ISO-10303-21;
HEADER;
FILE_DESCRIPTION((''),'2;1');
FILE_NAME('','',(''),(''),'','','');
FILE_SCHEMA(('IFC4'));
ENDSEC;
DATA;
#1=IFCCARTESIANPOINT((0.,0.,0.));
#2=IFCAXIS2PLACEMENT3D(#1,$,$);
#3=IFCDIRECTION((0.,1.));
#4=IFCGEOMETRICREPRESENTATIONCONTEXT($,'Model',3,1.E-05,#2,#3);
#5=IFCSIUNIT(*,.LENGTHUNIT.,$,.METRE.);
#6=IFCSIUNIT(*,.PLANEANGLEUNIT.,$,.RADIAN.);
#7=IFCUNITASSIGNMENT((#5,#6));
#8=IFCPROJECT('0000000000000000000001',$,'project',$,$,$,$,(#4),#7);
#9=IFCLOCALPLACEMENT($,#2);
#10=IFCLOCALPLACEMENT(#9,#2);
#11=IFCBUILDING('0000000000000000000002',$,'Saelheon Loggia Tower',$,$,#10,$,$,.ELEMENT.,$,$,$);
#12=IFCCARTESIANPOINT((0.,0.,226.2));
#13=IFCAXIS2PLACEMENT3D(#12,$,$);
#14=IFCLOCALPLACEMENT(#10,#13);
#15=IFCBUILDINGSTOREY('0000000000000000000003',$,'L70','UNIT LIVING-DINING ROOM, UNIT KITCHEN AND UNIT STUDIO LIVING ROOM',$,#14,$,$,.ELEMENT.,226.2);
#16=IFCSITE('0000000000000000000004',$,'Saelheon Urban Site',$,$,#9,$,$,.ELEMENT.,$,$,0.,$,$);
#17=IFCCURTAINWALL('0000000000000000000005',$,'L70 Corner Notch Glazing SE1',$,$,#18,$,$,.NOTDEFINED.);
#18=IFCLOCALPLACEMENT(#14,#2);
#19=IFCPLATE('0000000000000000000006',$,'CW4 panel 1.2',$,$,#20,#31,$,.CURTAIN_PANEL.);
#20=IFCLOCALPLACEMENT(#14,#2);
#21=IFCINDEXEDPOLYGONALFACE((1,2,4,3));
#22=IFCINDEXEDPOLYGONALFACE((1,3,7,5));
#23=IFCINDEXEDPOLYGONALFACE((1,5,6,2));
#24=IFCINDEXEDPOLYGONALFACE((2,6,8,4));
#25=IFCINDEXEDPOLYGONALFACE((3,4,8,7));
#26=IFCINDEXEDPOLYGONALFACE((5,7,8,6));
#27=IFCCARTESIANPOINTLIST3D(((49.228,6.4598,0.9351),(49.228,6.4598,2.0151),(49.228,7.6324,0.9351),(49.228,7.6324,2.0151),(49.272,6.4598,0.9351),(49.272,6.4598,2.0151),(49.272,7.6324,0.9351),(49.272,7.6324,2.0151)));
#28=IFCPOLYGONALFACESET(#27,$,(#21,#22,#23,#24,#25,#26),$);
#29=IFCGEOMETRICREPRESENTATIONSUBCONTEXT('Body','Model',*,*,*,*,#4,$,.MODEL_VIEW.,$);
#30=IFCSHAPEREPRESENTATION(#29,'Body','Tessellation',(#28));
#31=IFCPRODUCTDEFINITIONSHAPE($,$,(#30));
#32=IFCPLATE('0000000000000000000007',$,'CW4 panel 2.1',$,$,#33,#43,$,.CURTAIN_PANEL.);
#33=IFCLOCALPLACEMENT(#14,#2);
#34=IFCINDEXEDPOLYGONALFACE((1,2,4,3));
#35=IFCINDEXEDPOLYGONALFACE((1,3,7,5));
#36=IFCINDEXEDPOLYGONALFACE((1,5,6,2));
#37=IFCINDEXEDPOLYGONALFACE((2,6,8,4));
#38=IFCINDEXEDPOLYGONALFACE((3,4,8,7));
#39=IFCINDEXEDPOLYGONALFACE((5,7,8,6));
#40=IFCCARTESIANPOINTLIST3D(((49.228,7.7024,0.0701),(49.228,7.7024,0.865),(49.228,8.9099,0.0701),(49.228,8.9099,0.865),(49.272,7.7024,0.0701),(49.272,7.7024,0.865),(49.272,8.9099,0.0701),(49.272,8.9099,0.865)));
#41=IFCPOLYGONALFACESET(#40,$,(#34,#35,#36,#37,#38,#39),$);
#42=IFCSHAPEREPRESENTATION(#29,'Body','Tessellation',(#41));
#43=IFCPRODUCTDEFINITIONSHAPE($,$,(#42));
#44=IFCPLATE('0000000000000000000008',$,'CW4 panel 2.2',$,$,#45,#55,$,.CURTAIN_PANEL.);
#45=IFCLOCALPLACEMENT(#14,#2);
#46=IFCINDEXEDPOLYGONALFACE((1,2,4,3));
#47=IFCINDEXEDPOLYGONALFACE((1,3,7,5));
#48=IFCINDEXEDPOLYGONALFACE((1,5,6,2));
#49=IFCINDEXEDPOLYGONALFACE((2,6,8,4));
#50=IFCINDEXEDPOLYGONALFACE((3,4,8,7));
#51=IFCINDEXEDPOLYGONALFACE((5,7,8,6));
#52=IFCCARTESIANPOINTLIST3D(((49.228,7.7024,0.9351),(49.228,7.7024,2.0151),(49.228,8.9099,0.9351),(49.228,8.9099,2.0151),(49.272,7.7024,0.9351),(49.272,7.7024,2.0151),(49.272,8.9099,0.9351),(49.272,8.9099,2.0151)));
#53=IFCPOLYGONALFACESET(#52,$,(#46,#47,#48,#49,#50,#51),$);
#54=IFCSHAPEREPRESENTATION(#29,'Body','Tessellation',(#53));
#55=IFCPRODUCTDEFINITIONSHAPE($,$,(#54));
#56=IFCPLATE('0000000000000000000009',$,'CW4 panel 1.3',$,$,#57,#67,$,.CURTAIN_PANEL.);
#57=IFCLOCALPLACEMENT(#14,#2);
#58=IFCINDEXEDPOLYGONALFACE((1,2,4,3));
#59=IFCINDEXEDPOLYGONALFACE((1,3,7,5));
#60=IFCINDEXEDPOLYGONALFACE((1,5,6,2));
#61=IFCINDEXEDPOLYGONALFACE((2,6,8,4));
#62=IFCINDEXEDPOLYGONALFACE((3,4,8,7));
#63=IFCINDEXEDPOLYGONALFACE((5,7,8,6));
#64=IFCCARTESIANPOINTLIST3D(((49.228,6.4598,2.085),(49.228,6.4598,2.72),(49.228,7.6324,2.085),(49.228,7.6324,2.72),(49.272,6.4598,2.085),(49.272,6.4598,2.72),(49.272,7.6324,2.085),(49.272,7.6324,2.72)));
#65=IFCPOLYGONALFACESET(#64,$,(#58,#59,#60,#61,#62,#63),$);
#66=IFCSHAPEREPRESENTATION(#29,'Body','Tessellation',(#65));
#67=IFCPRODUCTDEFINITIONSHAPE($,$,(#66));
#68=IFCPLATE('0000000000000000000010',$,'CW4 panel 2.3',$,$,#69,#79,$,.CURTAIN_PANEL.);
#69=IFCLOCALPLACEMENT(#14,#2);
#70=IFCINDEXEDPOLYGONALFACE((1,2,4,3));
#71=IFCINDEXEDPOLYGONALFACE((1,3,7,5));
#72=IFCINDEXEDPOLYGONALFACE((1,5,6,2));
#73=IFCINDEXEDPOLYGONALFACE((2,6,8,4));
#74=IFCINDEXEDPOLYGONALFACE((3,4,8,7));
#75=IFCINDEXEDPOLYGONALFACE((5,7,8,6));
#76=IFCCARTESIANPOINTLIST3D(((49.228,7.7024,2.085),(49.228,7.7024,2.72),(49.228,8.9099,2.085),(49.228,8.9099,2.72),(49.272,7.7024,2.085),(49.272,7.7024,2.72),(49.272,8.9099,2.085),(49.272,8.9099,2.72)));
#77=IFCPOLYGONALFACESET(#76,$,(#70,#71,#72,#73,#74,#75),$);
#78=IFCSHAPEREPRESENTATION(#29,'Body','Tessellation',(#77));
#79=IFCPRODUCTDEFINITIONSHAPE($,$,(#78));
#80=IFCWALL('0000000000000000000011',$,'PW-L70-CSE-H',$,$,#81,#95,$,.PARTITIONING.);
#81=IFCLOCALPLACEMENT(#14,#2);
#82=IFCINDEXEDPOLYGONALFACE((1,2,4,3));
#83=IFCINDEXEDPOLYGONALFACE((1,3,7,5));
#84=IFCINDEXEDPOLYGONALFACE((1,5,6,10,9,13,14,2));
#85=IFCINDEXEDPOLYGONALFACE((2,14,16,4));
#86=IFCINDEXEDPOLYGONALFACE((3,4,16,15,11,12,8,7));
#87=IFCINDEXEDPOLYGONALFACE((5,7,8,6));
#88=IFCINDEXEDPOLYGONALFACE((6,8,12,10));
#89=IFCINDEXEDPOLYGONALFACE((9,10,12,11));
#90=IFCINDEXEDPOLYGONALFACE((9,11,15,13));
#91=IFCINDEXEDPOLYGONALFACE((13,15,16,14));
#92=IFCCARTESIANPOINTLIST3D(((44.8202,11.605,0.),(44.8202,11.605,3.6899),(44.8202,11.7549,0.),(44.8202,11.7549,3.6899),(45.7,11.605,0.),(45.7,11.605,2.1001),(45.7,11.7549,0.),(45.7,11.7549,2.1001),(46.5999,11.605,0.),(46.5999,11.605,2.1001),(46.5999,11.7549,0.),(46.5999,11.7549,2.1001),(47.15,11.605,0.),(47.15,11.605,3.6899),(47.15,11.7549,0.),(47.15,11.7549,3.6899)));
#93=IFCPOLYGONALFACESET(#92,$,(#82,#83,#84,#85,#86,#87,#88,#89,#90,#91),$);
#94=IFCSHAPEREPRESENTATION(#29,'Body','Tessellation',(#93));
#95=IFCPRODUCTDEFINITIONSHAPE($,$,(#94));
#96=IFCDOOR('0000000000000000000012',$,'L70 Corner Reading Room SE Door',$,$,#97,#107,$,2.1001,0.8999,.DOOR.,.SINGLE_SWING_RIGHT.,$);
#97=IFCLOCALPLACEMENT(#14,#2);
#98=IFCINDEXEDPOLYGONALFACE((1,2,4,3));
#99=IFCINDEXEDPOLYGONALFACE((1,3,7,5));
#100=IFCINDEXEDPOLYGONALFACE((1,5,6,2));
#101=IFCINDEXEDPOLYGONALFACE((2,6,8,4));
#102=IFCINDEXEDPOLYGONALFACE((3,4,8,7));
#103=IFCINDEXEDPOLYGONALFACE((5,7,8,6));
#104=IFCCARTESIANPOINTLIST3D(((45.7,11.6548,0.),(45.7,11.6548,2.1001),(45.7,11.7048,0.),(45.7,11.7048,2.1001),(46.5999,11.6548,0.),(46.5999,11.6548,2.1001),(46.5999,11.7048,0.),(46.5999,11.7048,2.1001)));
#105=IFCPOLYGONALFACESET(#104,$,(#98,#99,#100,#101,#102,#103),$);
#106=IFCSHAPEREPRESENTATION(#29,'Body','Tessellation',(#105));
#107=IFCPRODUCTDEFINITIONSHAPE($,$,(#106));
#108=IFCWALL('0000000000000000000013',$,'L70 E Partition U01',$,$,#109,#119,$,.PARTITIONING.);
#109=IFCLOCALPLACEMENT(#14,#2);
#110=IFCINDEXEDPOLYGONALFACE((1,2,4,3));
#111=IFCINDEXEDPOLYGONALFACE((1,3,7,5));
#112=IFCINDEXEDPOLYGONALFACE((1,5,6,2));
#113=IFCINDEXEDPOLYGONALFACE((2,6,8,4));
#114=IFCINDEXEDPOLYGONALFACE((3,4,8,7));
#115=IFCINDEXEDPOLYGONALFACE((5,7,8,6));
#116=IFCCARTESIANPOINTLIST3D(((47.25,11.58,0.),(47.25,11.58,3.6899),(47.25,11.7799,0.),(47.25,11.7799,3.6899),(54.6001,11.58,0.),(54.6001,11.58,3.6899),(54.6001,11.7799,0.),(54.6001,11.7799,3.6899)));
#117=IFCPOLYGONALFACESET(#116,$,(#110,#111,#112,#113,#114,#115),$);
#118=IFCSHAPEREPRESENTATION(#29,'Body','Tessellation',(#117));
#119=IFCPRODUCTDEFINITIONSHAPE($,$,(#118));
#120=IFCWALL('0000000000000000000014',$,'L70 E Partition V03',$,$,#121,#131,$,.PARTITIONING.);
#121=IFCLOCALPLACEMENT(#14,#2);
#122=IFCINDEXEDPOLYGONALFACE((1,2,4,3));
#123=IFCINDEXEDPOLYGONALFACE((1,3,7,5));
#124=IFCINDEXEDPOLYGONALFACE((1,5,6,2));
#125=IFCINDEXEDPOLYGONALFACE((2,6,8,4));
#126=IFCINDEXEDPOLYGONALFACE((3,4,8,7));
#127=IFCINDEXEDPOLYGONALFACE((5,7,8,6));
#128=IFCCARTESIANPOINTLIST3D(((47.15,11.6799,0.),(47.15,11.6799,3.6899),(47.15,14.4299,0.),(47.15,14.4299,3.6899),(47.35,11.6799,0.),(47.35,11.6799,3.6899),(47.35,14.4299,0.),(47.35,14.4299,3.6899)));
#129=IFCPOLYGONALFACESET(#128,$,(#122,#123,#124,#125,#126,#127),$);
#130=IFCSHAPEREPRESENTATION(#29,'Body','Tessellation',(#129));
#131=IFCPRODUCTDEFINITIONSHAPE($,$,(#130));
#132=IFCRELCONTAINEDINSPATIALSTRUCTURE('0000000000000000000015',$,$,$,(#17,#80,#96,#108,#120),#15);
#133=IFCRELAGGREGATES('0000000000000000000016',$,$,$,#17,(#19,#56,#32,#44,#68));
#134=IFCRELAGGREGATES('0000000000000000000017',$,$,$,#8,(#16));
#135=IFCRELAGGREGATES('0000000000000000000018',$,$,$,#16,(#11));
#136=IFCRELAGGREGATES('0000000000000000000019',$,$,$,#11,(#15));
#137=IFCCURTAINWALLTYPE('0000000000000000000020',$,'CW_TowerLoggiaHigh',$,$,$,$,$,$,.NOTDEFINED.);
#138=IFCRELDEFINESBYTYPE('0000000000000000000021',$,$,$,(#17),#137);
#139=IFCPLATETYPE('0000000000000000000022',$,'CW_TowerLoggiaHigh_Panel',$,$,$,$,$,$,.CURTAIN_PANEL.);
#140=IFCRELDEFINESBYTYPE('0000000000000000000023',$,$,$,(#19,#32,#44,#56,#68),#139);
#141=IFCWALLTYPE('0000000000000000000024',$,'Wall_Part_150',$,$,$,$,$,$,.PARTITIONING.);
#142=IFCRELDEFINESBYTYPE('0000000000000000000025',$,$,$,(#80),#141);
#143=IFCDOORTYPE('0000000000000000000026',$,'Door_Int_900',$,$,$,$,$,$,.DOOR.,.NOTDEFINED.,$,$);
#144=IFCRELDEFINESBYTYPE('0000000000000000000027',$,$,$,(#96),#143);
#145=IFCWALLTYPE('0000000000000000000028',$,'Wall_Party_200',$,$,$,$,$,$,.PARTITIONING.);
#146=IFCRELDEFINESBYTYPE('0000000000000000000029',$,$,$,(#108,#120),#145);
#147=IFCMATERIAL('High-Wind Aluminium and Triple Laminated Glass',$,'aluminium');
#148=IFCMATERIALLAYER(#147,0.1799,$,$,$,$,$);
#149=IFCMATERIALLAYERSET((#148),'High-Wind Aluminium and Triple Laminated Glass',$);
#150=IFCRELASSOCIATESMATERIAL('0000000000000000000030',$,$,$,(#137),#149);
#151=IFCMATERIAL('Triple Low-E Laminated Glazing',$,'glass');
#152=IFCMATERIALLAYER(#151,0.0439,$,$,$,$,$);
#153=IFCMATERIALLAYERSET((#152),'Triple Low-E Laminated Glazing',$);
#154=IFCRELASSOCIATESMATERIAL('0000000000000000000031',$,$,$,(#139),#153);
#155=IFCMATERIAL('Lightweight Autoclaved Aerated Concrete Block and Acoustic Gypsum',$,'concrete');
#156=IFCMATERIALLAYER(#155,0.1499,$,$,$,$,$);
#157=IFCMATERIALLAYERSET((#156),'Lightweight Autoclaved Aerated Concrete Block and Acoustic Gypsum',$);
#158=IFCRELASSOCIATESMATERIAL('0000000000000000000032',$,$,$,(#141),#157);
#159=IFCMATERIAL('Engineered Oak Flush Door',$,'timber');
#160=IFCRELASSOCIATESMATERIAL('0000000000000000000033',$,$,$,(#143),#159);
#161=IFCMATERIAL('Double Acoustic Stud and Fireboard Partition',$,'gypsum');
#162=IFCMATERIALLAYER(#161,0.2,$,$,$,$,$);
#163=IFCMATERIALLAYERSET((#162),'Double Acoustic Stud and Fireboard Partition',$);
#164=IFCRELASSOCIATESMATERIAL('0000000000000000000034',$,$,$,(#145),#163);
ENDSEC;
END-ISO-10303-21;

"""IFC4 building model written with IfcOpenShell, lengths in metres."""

from ifc_helpers import new_model, si_unit, direction, frame, frame_2d, origin, origin_2d, place, context, subcontext, project, spatial, rectangle, extrude, source, transform, mapped, material, layer, layer_set, type_object, element, fill, aggregate, save


model = new_model("IFC4")

# Units and contexts
model_context = context("Model", 3, precision=1e-05, world=origin(), true_north=direction((0.0, 1.0)))
body_context = subcontext(model_context, "Body", "Model", "MODEL_VIEW")
ifc_project = project(units=[si_unit("LENGTHUNIT", "METRE"), si_unit("PLANEANGLEUNIT", "RADIAN")], contexts=[model_context])

# Site, building, storey
site_placement = place(None, origin())
site = spatial("IfcSite", under=ifc_project, at=site_placement, Name="Saelheon Urban Site", CompositionType="ELEMENT", RefElevation=0.0)
building_placement = place(site_placement, origin())
building = spatial("IfcBuilding", under=site, at=building_placement, Name="Saelheon Loggia Tower", CompositionType="ELEMENT")
storey_placement = place(building_placement, frame((0.0, 0.0, 226.2)))
storey = spatial("IfcBuildingStorey", under=building, at=storey_placement, Name="L70", Description="UNIT LIVING-DINING ROOM, UNIT KITCHEN AND UNIT STUDIO LIVING ROOM", CompositionType="ELEMENT", Elevation=226.2)

# Curtain wall, plates
ifc_material_1 = material(Name="High-Wind Aluminium and Triple Laminated Glass", Category="aluminium")
ifc_layer_1 = layer(ifc_material_1, 0.1799)
ifc_layer_set_1 = layer_set([ifc_layer_1], Name="High-Wind Aluminium and Triple Laminated Glass")
curtain_wall_type = type_object("IfcCurtainWallType", Name="CW_TowerLoggiaHigh", PredefinedType="NOTDEFINED", material=ifc_layer_set_1)
curtain_wall_placement = place(storey_placement, origin())
curtain_wall = element("IfcCurtainWall", 1, at=curtain_wall_placement, inside=storey, type_object=curtain_wall_type, Name="L70 Corner Notch Glazing SE1", PredefinedType="NOTDEFINED")
ifc_material_2 = material(Name="Triple Low-E Laminated Glazing", Category="glass")
ifc_layer_2 = layer(ifc_material_2, 0.0439)
ifc_layer_set_2 = layer_set([ifc_layer_2], Name="Triple Low-E Laminated Glazing")
plate_type = type_object("IfcPlateType", Name="CW_TowerLoggiaHigh_Panel", PredefinedType="CURTAIN_PANEL", material=ifc_layer_set_2)
shared_shape_1 = source(origin(), body_context, "Body", "SweptSolid", [
    extrude(rectangle(XDim=1.1726, YDim=0.0439, at=origin_2d()), origin(), (0.0, 0.0, 1.0), 1.0801),
])
plate_1_placement = place(storey_placement, frame((49.25, 7.0461, 0.9351), z_axis=(0.0, 0.0, 1.0), x_axis=(0.0, 1.0, 0.0)))
plate_1 = element("IfcPlate", 2, at=plate_1_placement, type_object=plate_type, Name="CW4 panel 1.2", PredefinedType="CURTAIN_PANEL", context=body_context, shape_type="MappedRepresentation", body=[
    mapped(shared_shape_1, transform((0.0, 0.0, 0.0), scale=1.0)),
])
shared_shape_2 = source(origin(), body_context, "Body", "SweptSolid", [
    extrude(rectangle(XDim=1.2075, YDim=0.0439, at=origin_2d()), origin(), (0.0, 0.0, 1.0), 0.7949),
])
plate_2_placement = place(storey_placement, frame((49.25, 8.3062, 0.0701), z_axis=(0.0, 0.0, 1.0), x_axis=(0.0, 1.0, 0.0)))
plate_2 = element("IfcPlate", 3, at=plate_2_placement, type_object=plate_type, Name="CW4 panel 2.1", PredefinedType="CURTAIN_PANEL", context=body_context, shape_type="MappedRepresentation", body=[
    mapped(shared_shape_2, transform((0.0, 0.0, 0.0), scale=1.0)),
])
shared_shape_3 = source(origin(), body_context, "Body", "SweptSolid", [
    extrude(rectangle(XDim=1.2075, YDim=0.0439, at=origin_2d()), origin(), (0.0, 0.0, 1.0), 1.0801),
])
plate_3_placement = place(storey_placement, frame((49.25, 8.3062, 0.9351), z_axis=(0.0, 0.0, 1.0), x_axis=(0.0, 1.0, 0.0)))
plate_3 = element("IfcPlate", 4, at=plate_3_placement, type_object=plate_type, Name="CW4 panel 2.2", PredefinedType="CURTAIN_PANEL", context=body_context, shape_type="MappedRepresentation", body=[
    mapped(shared_shape_3, transform((0.0, 0.0, 0.0), scale=1.0)),
])
shared_shape_4 = source(origin(), body_context, "Body", "SweptSolid", [
    extrude(rectangle(XDim=1.1726, YDim=0.0439, at=origin_2d()), origin(), (0.0, 0.0, 1.0), 0.635),
])
plate_4_placement = place(storey_placement, frame((49.25, 7.0461, 2.085), z_axis=(0.0, 0.0, 1.0), x_axis=(0.0, 1.0, 0.0)))
plate_4 = element("IfcPlate", 5, at=plate_4_placement, type_object=plate_type, Name="CW4 panel 1.3", PredefinedType="CURTAIN_PANEL", context=body_context, shape_type="MappedRepresentation", body=[
    mapped(shared_shape_4, transform((0.0, 0.0, 0.0), scale=1.0)),
])
shared_shape_5 = source(origin(), body_context, "Body", "SweptSolid", [
    extrude(rectangle(XDim=1.2075, YDim=0.0439, at=origin_2d()), origin(), (0.0, 0.0, 1.0), 0.635),
])
plate_5_placement = place(storey_placement, frame((49.25, 8.3062, 2.085), z_axis=(0.0, 0.0, 1.0), x_axis=(0.0, 1.0, 0.0)))
plate_5 = element("IfcPlate", 6, at=plate_5_placement, type_object=plate_type, Name="CW4 panel 2.3", PredefinedType="CURTAIN_PANEL", context=body_context, shape_type="MappedRepresentation", body=[
    mapped(shared_shape_5, transform((0.0, 0.0, 0.0), scale=1.0)),
])
aggregate(curtain_wall, [plate_1, plate_4, plate_2, plate_3, plate_5])

# Wall, opening, door
ifc_material_3 = material(Name="Lightweight Autoclaved Aerated Concrete Block and Acoustic Gypsum", Category="concrete")
ifc_layer_3 = layer(ifc_material_3, 0.1499)
ifc_layer_set_3 = layer_set([ifc_layer_3], Name="Lightweight Autoclaved Aerated Concrete Block and Acoustic Gypsum")
wall_type_1 = type_object("IfcWallType", Name="Wall_Part_150", PredefinedType="PARTITIONING", material=ifc_layer_set_3)
wall_1_placement = place(storey_placement, frame((44.8201, 11.6799, 0.0), z_axis=(0.0, 0.0, 1.0), x_axis=(1.0, 0.0, 0.0)))
wall_1 = element("IfcWall", 7, at=wall_1_placement, inside=storey, type_object=wall_type_1, Name="PW-L70-CSE-H", PredefinedType="PARTITIONING", context=body_context, shape_type="SweptSolid", body=[
    extrude(rectangle(XDim=2.3298, YDim=0.1499, at=frame_2d((1.165, 0.0))), origin(), (0.0, 0.0, 1.0), 3.6899),
])
opening_placement = place(wall_1_placement, frame((0.8799, 0.0, 0.0)))
opening = element("IfcOpeningElement", 8, at=opening_placement, cuts=wall_1, PredefinedType="OPENING", context=body_context, shape_type="SweptSolid", body=[
    extrude(rectangle(XDim=0.8999, YDim=2.1001, at=frame_2d((0.45, 1.05))), frame((0.0, 0.0869, 0.0), z_axis=(0.0, -1.0, 0.0), x_axis=(1.0, 0.0, 0.0)), (0.0, 0.0, 1.0), 0.1738),
])
ifc_material_4 = material(Name="Engineered Oak Flush Door", Category="timber")
door_type = type_object("IfcDoorType", Name="Door_Int_900", OperationType="NOTDEFINED", PredefinedType="DOOR", material=ifc_material_4)
shared_shape_6 = source(origin(), body_context, "Body", "SweptSolid", [
    extrude(rectangle(XDim=0.8999, YDim=2.1001, at=frame_2d((0.45, 1.05))), frame((0.0, 0.0249, 0.0), z_axis=(0.0, -1.0, 0.0), x_axis=(1.0, 0.0, 0.0)), (0.0, 0.0, 1.0), 0.05),
])
door_placement = place(opening_placement, origin())
door = element("IfcDoor", 9, at=door_placement, inside=storey, type_object=door_type, Name="L70 Corner Reading Room SE Door", OperationType="SINGLE_SWING_RIGHT", OverallHeight=2.1001, OverallWidth=0.8999, PredefinedType="DOOR", context=body_context, shape_type="MappedRepresentation", body=[
    mapped(shared_shape_6, transform((0.0, 0.0, 0.0), scale=1.0)),
])
fill(opening, door)

# Walls
ifc_material_5 = material(Name="Double Acoustic Stud and Fireboard Partition", Category="gypsum")
ifc_layer_4 = layer(ifc_material_5, 0.2)
ifc_layer_set_4 = layer_set([ifc_layer_4], Name="Double Acoustic Stud and Fireboard Partition")
wall_type_2 = type_object("IfcWallType", Name="Wall_Party_200", PredefinedType="PARTITIONING", material=ifc_layer_set_4)
wall_2_placement = place(storey_placement, frame((47.25, 11.6799, 0.0), z_axis=(0.0, 0.0, 1.0), x_axis=(1.0, 0.0, 0.0)))
element("IfcWall", 10, at=wall_2_placement, inside=storey, type_object=wall_type_2, Name="L70 E Partition U01", PredefinedType="PARTITIONING", context=body_context, shape_type="SweptSolid", body=[
    extrude(rectangle(XDim=7.3501, YDim=0.2, at=frame_2d((3.675, 0.0))), origin(), (0.0, 0.0, 1.0), 3.6899),
])
wall_3_placement = place(storey_placement, frame((47.25, 11.6799, 0.0), z_axis=(0.0, 0.0, 1.0), x_axis=(0.0, 1.0, 0.0)))
element("IfcWall", 11, at=wall_3_placement, inside=storey, type_object=wall_type_2, Name="L70 E Partition V03", PredefinedType="PARTITIONING", context=body_context, shape_type="SweptSolid", body=[
    extrude(rectangle(XDim=2.75, YDim=0.2, at=frame_2d((1.375, 0.0))), origin(), (0.0, 0.0, 1.0), 3.6899),
])

save(model, "model.ifc")
